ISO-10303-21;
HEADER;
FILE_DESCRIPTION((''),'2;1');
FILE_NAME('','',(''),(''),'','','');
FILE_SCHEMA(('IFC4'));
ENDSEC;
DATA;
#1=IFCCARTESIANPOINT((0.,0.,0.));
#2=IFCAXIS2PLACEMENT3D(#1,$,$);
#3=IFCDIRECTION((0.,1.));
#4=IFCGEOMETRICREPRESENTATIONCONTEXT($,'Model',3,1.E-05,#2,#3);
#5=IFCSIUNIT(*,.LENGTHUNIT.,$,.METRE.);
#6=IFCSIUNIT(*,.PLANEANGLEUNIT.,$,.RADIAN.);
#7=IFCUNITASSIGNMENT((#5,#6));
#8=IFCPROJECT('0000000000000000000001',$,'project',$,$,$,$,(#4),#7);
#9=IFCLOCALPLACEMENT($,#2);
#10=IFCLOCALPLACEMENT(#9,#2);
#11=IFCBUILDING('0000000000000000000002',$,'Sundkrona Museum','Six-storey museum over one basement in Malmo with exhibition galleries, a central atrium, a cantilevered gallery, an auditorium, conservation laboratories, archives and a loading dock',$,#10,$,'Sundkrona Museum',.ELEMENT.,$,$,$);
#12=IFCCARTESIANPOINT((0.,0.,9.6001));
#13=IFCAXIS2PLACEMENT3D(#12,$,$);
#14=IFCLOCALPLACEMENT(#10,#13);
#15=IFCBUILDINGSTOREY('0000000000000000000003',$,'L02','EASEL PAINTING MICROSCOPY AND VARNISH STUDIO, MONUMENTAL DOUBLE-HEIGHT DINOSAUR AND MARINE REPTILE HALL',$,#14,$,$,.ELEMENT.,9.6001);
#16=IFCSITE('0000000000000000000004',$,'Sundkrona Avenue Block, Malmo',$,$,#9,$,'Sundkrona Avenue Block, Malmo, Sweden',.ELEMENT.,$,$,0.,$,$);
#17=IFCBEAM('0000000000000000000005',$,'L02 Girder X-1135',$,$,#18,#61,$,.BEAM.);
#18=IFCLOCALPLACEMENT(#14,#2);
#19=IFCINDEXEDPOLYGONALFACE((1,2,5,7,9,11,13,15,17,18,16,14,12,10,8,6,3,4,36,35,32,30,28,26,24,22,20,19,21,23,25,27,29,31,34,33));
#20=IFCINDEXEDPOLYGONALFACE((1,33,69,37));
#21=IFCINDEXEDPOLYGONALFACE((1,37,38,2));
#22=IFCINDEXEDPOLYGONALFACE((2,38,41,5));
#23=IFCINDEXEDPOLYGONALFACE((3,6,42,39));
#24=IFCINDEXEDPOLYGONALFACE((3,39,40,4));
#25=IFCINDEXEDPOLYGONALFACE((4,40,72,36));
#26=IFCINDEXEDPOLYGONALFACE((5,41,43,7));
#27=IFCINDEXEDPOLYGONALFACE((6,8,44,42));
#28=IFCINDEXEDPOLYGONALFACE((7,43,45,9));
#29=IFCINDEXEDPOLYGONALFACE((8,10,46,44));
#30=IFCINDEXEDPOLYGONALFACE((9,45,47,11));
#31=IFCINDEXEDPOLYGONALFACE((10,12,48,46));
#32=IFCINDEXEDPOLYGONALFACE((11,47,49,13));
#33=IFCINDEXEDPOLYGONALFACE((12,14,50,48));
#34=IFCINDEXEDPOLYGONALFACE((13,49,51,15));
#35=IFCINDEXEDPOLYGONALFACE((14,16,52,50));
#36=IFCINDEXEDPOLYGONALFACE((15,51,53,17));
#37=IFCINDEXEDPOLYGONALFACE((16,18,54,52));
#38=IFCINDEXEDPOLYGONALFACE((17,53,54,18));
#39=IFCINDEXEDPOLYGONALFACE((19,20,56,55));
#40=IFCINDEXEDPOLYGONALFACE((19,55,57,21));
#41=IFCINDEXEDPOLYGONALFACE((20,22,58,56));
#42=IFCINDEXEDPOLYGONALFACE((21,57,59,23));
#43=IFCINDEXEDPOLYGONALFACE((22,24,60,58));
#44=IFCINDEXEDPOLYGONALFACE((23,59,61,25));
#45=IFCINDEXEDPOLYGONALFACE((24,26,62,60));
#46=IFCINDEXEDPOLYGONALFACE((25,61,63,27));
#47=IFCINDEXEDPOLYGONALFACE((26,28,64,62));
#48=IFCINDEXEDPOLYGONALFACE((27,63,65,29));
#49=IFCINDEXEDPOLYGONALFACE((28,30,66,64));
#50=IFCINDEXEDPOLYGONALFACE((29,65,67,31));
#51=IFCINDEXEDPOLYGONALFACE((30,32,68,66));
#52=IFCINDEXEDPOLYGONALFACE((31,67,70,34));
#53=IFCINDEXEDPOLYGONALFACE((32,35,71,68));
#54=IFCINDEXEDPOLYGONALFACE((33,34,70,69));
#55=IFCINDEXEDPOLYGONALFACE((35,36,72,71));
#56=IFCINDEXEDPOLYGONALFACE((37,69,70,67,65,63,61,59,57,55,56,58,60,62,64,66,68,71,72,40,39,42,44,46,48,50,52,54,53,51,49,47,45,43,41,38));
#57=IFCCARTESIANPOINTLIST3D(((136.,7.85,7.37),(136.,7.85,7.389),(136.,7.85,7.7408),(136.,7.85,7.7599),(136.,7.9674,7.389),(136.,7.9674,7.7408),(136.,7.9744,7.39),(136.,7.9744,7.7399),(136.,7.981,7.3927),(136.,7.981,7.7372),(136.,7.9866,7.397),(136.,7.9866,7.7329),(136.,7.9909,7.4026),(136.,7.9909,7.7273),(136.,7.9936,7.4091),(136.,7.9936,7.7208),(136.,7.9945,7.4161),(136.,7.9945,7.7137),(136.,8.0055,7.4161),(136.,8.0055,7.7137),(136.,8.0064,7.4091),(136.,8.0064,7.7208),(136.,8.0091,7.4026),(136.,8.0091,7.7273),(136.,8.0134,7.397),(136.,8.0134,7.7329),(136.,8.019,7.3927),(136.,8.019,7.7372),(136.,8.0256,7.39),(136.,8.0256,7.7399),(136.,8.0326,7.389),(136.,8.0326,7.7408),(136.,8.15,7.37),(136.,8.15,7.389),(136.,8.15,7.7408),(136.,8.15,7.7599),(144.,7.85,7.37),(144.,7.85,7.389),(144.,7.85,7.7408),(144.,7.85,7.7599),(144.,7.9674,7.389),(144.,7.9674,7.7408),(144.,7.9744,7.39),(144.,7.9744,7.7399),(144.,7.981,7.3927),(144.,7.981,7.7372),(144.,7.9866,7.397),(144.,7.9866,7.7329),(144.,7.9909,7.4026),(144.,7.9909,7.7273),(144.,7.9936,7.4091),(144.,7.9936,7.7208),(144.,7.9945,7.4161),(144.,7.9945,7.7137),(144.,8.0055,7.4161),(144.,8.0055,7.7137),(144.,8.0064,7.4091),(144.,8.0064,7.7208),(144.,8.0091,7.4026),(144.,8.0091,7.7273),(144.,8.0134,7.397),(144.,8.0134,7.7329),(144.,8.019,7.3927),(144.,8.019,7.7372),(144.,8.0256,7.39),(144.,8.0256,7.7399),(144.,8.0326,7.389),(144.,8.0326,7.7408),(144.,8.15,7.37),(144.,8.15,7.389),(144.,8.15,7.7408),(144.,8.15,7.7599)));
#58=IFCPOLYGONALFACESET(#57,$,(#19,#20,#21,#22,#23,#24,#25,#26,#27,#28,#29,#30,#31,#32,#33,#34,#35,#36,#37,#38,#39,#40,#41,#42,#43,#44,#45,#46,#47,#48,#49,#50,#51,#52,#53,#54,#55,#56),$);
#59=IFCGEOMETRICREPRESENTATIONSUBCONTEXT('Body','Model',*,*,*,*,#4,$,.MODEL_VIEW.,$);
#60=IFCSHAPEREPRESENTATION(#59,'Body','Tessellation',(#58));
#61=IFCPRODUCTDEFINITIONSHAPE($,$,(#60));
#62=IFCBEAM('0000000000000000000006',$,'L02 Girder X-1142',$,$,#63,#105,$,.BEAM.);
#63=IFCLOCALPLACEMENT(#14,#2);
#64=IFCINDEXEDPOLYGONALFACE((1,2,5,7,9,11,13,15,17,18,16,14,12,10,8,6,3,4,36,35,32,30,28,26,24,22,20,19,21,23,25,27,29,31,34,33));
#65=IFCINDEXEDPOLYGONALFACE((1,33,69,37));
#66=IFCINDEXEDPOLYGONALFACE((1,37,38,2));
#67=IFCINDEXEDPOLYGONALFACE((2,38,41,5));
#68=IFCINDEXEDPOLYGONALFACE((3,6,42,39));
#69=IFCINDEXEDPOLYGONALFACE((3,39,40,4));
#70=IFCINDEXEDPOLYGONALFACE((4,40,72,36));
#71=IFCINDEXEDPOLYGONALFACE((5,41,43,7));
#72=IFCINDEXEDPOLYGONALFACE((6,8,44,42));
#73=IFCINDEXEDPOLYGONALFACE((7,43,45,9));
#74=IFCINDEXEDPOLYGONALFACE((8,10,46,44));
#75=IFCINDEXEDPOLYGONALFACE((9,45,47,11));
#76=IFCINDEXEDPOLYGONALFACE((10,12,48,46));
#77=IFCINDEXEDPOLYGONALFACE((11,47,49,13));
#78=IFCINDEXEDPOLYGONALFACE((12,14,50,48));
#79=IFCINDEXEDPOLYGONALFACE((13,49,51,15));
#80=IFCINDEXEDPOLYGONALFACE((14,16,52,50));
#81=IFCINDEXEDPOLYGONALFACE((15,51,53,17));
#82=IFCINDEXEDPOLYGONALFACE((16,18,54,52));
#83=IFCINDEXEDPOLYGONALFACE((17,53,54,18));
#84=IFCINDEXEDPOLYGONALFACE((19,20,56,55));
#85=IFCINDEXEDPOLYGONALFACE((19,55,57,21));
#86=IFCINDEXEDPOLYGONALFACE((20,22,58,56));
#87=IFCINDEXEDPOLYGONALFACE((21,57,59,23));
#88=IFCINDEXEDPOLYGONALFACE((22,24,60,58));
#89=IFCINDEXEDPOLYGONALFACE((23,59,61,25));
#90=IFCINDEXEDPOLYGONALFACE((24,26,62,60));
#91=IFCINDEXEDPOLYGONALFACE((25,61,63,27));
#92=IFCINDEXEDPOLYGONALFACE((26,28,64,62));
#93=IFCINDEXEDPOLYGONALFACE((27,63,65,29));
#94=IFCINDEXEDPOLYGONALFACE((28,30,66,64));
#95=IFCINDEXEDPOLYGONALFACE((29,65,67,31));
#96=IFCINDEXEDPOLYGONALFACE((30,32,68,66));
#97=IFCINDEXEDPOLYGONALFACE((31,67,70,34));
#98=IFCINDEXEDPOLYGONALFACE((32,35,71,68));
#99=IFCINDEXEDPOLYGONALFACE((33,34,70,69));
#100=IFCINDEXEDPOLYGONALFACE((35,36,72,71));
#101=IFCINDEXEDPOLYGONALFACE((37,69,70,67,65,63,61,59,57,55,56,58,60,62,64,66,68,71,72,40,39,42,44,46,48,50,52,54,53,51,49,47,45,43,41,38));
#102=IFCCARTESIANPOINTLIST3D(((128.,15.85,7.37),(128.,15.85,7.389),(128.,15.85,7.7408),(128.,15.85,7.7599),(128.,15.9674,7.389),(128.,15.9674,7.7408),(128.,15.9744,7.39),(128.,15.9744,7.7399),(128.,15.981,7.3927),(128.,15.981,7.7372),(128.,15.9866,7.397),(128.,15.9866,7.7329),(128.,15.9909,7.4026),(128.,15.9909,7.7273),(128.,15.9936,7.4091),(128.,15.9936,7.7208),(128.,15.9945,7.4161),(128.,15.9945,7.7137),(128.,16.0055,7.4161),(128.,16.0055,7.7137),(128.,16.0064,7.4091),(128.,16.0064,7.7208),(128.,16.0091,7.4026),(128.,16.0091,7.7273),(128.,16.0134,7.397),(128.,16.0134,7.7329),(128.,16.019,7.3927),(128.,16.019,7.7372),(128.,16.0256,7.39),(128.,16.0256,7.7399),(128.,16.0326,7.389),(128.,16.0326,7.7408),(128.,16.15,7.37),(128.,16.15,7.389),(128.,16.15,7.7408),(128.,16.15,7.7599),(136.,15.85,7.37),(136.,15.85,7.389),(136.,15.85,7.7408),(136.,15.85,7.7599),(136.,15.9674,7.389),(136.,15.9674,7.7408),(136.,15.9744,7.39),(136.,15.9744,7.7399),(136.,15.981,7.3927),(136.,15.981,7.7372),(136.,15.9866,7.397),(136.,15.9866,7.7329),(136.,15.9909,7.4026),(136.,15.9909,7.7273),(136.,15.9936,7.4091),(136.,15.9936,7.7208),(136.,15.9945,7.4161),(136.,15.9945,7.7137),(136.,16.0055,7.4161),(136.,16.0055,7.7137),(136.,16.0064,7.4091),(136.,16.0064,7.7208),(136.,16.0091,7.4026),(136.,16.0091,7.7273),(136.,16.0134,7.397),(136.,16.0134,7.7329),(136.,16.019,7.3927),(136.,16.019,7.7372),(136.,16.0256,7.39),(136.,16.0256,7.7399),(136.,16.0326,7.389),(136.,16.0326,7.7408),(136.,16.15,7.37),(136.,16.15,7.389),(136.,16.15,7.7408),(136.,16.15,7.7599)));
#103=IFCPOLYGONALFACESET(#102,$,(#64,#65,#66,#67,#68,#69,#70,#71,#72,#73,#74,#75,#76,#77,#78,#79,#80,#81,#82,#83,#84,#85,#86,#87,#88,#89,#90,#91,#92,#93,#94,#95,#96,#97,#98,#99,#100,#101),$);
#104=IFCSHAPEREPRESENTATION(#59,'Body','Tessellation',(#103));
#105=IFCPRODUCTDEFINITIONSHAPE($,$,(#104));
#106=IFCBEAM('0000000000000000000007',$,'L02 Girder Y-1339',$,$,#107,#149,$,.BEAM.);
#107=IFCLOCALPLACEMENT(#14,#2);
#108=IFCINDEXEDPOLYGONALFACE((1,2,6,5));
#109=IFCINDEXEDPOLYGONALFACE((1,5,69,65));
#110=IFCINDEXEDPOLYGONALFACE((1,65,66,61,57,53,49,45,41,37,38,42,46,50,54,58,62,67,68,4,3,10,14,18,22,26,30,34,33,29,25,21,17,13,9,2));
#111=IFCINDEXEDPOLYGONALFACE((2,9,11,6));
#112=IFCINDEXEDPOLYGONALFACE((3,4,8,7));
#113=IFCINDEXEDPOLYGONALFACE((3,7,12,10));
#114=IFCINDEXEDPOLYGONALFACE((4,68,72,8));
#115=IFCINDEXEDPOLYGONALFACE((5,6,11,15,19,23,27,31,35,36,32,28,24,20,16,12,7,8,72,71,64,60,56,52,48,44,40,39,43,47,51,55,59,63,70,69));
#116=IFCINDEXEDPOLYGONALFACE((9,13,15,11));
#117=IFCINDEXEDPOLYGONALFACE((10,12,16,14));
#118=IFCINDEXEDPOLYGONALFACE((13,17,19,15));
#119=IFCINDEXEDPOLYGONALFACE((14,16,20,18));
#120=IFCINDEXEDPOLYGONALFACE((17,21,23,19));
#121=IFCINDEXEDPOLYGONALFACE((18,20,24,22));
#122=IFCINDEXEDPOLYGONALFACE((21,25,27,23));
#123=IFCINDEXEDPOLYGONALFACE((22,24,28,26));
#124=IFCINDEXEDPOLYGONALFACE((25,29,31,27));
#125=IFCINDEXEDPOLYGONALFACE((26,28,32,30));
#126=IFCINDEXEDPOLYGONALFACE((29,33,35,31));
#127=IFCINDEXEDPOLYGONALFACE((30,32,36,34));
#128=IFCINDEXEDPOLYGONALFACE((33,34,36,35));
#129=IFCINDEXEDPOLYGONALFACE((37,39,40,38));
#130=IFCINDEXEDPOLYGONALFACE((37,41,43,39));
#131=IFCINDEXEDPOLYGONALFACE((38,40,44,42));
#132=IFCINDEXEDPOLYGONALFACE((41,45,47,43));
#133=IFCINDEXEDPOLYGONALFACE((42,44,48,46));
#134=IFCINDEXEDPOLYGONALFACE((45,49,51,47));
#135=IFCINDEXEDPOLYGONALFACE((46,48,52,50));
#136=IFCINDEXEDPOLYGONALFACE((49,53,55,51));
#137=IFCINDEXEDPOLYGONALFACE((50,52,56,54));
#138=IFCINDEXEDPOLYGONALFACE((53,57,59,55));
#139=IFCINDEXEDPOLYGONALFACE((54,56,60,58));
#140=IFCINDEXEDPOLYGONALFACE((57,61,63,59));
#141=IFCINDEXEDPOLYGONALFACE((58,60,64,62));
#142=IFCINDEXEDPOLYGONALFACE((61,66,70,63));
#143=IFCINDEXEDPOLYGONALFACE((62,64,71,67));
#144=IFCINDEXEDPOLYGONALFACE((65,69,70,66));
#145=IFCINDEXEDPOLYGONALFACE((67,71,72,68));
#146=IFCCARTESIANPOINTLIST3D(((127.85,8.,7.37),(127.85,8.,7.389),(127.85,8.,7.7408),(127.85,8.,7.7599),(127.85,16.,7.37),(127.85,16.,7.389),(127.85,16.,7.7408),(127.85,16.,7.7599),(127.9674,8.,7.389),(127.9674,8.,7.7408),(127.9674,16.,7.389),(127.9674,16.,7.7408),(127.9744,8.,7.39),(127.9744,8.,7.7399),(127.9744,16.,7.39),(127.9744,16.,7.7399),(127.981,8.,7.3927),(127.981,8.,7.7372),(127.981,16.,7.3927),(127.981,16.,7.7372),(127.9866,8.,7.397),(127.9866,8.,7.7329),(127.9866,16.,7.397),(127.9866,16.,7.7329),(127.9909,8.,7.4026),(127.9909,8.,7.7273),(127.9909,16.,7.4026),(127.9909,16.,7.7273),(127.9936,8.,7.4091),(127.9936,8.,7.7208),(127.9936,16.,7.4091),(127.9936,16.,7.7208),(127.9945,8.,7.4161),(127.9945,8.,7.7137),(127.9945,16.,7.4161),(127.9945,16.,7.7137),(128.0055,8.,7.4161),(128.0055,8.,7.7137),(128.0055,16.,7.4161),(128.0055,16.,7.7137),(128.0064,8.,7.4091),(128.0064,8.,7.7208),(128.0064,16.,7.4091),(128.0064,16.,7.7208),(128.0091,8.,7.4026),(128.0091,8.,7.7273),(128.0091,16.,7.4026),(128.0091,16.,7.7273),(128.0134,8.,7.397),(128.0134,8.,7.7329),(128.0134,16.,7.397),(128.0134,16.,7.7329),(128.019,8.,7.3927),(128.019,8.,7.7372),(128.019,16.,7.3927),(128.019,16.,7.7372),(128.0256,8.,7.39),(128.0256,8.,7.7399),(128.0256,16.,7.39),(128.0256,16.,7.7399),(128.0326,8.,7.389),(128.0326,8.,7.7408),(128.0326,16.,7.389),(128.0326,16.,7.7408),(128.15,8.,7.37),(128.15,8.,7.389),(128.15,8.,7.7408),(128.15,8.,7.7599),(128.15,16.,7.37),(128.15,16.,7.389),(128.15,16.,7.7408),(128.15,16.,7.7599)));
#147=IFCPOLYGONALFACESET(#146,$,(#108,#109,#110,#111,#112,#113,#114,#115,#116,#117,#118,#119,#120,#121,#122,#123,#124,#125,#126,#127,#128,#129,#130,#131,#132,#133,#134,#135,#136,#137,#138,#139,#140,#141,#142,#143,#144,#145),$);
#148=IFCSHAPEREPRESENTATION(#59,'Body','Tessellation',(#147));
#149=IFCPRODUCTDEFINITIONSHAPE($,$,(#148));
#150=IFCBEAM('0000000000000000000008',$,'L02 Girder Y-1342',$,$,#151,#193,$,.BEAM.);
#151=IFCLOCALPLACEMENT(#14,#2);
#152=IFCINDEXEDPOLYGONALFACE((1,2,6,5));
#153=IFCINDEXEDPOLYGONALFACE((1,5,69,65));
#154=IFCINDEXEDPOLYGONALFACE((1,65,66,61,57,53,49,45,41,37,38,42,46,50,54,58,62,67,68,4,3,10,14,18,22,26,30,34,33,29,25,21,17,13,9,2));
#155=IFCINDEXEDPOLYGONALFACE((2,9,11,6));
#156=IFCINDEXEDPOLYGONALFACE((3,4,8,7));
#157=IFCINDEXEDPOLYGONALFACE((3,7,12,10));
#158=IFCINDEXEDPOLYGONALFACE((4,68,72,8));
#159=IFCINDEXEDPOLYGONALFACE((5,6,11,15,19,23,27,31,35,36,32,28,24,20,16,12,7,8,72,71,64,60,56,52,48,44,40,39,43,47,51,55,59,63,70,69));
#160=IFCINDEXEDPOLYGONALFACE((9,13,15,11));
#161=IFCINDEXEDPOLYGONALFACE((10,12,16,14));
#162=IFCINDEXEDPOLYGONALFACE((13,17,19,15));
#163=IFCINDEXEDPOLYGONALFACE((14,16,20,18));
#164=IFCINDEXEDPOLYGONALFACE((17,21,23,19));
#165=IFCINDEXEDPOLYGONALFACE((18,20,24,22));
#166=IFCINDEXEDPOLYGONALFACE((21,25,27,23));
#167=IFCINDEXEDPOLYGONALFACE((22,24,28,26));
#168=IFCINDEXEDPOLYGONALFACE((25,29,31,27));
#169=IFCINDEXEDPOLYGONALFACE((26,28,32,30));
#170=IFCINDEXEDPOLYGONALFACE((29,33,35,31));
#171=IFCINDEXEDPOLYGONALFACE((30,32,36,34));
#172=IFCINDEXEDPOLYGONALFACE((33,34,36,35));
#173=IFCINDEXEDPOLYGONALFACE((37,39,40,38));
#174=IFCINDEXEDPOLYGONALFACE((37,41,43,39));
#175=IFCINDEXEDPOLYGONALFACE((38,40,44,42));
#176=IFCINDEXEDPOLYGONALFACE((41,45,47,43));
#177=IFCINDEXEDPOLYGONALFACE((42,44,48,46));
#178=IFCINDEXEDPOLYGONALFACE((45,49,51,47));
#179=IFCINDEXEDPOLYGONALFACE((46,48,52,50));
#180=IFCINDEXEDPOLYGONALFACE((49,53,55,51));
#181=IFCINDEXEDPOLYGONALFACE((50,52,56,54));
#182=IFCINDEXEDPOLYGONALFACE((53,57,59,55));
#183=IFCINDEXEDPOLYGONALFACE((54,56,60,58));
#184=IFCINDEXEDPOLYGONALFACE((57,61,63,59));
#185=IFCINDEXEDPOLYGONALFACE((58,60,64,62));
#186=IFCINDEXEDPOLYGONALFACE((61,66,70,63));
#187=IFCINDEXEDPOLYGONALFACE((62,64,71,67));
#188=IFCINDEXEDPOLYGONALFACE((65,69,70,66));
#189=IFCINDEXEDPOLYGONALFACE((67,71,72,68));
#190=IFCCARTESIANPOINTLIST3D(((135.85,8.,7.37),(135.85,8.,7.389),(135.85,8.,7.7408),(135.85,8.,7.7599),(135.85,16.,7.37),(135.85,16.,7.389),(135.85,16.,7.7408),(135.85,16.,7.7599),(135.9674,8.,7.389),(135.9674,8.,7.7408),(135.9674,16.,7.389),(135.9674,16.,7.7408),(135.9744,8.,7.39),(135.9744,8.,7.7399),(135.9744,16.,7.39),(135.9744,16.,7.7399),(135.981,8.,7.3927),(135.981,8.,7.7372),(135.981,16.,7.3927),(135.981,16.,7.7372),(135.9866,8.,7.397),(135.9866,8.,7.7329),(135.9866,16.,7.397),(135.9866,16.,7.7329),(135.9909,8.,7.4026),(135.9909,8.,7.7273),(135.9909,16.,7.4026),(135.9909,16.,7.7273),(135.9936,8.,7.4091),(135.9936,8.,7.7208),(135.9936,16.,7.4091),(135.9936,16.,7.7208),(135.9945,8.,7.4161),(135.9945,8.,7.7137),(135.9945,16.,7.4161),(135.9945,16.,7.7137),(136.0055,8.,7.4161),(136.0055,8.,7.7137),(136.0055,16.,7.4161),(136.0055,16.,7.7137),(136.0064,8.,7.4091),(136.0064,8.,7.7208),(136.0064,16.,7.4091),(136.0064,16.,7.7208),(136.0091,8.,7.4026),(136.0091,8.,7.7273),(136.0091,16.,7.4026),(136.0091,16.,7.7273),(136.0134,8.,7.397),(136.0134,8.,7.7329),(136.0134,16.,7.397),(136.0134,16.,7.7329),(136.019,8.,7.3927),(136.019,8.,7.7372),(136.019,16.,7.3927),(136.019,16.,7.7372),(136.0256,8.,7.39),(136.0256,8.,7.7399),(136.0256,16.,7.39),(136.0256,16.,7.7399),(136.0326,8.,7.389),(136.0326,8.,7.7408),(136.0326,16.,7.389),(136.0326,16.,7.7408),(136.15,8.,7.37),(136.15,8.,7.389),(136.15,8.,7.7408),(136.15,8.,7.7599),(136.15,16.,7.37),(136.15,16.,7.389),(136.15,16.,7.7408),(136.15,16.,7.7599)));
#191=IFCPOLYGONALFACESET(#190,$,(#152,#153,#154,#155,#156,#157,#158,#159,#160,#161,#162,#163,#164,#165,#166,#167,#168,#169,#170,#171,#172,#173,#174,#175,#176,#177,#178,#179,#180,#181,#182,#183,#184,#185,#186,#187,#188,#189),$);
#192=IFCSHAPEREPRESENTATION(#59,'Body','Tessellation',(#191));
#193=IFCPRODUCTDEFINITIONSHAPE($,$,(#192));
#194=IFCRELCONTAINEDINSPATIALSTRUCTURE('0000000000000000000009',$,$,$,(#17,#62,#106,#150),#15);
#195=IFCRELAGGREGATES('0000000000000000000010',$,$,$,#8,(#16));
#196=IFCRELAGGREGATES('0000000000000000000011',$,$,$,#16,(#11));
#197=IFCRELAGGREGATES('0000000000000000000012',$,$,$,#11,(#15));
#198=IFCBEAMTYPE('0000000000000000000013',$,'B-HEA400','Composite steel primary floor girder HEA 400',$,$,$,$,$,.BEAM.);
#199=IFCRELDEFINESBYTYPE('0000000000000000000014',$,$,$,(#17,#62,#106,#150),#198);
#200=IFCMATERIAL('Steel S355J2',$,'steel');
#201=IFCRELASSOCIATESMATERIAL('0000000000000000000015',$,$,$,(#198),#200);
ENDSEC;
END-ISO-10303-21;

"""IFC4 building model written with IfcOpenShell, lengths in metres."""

from ifc_helpers import new_model, si_unit, direction, frame, origin, origin_2d, place, context, subcontext, project, spatial, i_section, extrude, material, material_profile, profile_set, type_object, element, save


model = new_model("IFC4")

# Units and contexts
model_context = context("Model", 3, precision=1e-05, world=origin(), true_north=direction((0.0, 1.0)))
body_context = subcontext(model_context, "Body", "Model", "MODEL_VIEW")
ifc_project = project(units=[si_unit("LENGTHUNIT", "METRE"), si_unit("PLANEANGLEUNIT", "RADIAN")], contexts=[model_context])

# Site, building, storey
site_placement = place(None, origin())
site = spatial("IfcSite", under=ifc_project, at=site_placement, Name="Sundkrona Avenue Block, Malmo", LongName="Sundkrona Avenue Block, Malmo, Sweden", CompositionType="ELEMENT", RefElevation=0.0)
building_placement = place(site_placement, origin())
building = spatial("IfcBuilding", under=site, at=building_placement, Name="Sundkrona Museum", Description="Six-storey museum over one basement in Malmo with exhibition galleries, a central atrium, a cantilevered gallery, an auditorium, conservation laboratories, archives and a loading dock", LongName="Sundkrona Museum", CompositionType="ELEMENT")
storey_placement = place(building_placement, frame((0.0, 0.0, 9.6001)))
storey = spatial("IfcBuildingStorey", under=building, at=storey_placement, Name="L02", Description="EASEL PAINTING MICROSCOPY AND VARNISH STUDIO, MONUMENTAL DOUBLE-HEIGHT DINOSAUR AND MARINE REPTILE HALL", CompositionType="ELEMENT", Elevation=9.6001)

# Shared definitions
ifc_material_1 = material(Name="Steel S355J2", Category="steel")

# Beams
ifc_material_profile_1 = material_profile(ifc_material_1, i_section(OverallWidth=0.3, OverallDepth=0.3899, WebThickness=0.011, FlangeThickness=0.019, FilletRadius=0.0271, at=origin_2d()), Name="HEA 400")
ifc_profile_set_1 = profile_set([ifc_material_profile_1], Name="Steel S355J2")
beam_type_1 = type_object("IfcBeamType", Name="B-HEA400", Description="Composite steel primary floor girder HEA 400", PredefinedType="BEAM", material=ifc_profile_set_1)
for number, where, z_axis, x_axis, name in (
    (1, (136.0, 8.0, 7.5649), (1.0, 0.0, 0.0), (0.0, 1.0, 0.0), "L02 Girder X-1135"),
    (2, (128.0, 16.0, 7.5649), (1.0, 0.0, 0.0), (0.0, 1.0, 0.0), "L02 Girder X-1142"),
    (3, (128.0, 8.0, 7.5649), (0.0, 1.0, 0.0), (-1.0, 0.0, 0.0), "L02 Girder Y-1339"),
    (4, (136.0, 8.0, 7.5649), (0.0, 1.0, 0.0), (-1.0, 0.0, 0.0), "L02 Girder Y-1342"),
):
    element("IfcBeam", number, at=place(storey_placement, frame(where, z_axis=z_axis, x_axis=x_axis)), inside=storey, type_object=beam_type_1, Name=name, PredefinedType="BEAM", context=body_context, shape_type="SweptSolid", body=[
        extrude(i_section(OverallWidth=0.3, OverallDepth=0.3899, WebThickness=0.011, FlangeThickness=0.019, FilletRadius=0.0271, at=origin_2d()), origin(), (0.0, 0.0, 1.0), 8.0),
    ])

save(model, "model.ifc")
